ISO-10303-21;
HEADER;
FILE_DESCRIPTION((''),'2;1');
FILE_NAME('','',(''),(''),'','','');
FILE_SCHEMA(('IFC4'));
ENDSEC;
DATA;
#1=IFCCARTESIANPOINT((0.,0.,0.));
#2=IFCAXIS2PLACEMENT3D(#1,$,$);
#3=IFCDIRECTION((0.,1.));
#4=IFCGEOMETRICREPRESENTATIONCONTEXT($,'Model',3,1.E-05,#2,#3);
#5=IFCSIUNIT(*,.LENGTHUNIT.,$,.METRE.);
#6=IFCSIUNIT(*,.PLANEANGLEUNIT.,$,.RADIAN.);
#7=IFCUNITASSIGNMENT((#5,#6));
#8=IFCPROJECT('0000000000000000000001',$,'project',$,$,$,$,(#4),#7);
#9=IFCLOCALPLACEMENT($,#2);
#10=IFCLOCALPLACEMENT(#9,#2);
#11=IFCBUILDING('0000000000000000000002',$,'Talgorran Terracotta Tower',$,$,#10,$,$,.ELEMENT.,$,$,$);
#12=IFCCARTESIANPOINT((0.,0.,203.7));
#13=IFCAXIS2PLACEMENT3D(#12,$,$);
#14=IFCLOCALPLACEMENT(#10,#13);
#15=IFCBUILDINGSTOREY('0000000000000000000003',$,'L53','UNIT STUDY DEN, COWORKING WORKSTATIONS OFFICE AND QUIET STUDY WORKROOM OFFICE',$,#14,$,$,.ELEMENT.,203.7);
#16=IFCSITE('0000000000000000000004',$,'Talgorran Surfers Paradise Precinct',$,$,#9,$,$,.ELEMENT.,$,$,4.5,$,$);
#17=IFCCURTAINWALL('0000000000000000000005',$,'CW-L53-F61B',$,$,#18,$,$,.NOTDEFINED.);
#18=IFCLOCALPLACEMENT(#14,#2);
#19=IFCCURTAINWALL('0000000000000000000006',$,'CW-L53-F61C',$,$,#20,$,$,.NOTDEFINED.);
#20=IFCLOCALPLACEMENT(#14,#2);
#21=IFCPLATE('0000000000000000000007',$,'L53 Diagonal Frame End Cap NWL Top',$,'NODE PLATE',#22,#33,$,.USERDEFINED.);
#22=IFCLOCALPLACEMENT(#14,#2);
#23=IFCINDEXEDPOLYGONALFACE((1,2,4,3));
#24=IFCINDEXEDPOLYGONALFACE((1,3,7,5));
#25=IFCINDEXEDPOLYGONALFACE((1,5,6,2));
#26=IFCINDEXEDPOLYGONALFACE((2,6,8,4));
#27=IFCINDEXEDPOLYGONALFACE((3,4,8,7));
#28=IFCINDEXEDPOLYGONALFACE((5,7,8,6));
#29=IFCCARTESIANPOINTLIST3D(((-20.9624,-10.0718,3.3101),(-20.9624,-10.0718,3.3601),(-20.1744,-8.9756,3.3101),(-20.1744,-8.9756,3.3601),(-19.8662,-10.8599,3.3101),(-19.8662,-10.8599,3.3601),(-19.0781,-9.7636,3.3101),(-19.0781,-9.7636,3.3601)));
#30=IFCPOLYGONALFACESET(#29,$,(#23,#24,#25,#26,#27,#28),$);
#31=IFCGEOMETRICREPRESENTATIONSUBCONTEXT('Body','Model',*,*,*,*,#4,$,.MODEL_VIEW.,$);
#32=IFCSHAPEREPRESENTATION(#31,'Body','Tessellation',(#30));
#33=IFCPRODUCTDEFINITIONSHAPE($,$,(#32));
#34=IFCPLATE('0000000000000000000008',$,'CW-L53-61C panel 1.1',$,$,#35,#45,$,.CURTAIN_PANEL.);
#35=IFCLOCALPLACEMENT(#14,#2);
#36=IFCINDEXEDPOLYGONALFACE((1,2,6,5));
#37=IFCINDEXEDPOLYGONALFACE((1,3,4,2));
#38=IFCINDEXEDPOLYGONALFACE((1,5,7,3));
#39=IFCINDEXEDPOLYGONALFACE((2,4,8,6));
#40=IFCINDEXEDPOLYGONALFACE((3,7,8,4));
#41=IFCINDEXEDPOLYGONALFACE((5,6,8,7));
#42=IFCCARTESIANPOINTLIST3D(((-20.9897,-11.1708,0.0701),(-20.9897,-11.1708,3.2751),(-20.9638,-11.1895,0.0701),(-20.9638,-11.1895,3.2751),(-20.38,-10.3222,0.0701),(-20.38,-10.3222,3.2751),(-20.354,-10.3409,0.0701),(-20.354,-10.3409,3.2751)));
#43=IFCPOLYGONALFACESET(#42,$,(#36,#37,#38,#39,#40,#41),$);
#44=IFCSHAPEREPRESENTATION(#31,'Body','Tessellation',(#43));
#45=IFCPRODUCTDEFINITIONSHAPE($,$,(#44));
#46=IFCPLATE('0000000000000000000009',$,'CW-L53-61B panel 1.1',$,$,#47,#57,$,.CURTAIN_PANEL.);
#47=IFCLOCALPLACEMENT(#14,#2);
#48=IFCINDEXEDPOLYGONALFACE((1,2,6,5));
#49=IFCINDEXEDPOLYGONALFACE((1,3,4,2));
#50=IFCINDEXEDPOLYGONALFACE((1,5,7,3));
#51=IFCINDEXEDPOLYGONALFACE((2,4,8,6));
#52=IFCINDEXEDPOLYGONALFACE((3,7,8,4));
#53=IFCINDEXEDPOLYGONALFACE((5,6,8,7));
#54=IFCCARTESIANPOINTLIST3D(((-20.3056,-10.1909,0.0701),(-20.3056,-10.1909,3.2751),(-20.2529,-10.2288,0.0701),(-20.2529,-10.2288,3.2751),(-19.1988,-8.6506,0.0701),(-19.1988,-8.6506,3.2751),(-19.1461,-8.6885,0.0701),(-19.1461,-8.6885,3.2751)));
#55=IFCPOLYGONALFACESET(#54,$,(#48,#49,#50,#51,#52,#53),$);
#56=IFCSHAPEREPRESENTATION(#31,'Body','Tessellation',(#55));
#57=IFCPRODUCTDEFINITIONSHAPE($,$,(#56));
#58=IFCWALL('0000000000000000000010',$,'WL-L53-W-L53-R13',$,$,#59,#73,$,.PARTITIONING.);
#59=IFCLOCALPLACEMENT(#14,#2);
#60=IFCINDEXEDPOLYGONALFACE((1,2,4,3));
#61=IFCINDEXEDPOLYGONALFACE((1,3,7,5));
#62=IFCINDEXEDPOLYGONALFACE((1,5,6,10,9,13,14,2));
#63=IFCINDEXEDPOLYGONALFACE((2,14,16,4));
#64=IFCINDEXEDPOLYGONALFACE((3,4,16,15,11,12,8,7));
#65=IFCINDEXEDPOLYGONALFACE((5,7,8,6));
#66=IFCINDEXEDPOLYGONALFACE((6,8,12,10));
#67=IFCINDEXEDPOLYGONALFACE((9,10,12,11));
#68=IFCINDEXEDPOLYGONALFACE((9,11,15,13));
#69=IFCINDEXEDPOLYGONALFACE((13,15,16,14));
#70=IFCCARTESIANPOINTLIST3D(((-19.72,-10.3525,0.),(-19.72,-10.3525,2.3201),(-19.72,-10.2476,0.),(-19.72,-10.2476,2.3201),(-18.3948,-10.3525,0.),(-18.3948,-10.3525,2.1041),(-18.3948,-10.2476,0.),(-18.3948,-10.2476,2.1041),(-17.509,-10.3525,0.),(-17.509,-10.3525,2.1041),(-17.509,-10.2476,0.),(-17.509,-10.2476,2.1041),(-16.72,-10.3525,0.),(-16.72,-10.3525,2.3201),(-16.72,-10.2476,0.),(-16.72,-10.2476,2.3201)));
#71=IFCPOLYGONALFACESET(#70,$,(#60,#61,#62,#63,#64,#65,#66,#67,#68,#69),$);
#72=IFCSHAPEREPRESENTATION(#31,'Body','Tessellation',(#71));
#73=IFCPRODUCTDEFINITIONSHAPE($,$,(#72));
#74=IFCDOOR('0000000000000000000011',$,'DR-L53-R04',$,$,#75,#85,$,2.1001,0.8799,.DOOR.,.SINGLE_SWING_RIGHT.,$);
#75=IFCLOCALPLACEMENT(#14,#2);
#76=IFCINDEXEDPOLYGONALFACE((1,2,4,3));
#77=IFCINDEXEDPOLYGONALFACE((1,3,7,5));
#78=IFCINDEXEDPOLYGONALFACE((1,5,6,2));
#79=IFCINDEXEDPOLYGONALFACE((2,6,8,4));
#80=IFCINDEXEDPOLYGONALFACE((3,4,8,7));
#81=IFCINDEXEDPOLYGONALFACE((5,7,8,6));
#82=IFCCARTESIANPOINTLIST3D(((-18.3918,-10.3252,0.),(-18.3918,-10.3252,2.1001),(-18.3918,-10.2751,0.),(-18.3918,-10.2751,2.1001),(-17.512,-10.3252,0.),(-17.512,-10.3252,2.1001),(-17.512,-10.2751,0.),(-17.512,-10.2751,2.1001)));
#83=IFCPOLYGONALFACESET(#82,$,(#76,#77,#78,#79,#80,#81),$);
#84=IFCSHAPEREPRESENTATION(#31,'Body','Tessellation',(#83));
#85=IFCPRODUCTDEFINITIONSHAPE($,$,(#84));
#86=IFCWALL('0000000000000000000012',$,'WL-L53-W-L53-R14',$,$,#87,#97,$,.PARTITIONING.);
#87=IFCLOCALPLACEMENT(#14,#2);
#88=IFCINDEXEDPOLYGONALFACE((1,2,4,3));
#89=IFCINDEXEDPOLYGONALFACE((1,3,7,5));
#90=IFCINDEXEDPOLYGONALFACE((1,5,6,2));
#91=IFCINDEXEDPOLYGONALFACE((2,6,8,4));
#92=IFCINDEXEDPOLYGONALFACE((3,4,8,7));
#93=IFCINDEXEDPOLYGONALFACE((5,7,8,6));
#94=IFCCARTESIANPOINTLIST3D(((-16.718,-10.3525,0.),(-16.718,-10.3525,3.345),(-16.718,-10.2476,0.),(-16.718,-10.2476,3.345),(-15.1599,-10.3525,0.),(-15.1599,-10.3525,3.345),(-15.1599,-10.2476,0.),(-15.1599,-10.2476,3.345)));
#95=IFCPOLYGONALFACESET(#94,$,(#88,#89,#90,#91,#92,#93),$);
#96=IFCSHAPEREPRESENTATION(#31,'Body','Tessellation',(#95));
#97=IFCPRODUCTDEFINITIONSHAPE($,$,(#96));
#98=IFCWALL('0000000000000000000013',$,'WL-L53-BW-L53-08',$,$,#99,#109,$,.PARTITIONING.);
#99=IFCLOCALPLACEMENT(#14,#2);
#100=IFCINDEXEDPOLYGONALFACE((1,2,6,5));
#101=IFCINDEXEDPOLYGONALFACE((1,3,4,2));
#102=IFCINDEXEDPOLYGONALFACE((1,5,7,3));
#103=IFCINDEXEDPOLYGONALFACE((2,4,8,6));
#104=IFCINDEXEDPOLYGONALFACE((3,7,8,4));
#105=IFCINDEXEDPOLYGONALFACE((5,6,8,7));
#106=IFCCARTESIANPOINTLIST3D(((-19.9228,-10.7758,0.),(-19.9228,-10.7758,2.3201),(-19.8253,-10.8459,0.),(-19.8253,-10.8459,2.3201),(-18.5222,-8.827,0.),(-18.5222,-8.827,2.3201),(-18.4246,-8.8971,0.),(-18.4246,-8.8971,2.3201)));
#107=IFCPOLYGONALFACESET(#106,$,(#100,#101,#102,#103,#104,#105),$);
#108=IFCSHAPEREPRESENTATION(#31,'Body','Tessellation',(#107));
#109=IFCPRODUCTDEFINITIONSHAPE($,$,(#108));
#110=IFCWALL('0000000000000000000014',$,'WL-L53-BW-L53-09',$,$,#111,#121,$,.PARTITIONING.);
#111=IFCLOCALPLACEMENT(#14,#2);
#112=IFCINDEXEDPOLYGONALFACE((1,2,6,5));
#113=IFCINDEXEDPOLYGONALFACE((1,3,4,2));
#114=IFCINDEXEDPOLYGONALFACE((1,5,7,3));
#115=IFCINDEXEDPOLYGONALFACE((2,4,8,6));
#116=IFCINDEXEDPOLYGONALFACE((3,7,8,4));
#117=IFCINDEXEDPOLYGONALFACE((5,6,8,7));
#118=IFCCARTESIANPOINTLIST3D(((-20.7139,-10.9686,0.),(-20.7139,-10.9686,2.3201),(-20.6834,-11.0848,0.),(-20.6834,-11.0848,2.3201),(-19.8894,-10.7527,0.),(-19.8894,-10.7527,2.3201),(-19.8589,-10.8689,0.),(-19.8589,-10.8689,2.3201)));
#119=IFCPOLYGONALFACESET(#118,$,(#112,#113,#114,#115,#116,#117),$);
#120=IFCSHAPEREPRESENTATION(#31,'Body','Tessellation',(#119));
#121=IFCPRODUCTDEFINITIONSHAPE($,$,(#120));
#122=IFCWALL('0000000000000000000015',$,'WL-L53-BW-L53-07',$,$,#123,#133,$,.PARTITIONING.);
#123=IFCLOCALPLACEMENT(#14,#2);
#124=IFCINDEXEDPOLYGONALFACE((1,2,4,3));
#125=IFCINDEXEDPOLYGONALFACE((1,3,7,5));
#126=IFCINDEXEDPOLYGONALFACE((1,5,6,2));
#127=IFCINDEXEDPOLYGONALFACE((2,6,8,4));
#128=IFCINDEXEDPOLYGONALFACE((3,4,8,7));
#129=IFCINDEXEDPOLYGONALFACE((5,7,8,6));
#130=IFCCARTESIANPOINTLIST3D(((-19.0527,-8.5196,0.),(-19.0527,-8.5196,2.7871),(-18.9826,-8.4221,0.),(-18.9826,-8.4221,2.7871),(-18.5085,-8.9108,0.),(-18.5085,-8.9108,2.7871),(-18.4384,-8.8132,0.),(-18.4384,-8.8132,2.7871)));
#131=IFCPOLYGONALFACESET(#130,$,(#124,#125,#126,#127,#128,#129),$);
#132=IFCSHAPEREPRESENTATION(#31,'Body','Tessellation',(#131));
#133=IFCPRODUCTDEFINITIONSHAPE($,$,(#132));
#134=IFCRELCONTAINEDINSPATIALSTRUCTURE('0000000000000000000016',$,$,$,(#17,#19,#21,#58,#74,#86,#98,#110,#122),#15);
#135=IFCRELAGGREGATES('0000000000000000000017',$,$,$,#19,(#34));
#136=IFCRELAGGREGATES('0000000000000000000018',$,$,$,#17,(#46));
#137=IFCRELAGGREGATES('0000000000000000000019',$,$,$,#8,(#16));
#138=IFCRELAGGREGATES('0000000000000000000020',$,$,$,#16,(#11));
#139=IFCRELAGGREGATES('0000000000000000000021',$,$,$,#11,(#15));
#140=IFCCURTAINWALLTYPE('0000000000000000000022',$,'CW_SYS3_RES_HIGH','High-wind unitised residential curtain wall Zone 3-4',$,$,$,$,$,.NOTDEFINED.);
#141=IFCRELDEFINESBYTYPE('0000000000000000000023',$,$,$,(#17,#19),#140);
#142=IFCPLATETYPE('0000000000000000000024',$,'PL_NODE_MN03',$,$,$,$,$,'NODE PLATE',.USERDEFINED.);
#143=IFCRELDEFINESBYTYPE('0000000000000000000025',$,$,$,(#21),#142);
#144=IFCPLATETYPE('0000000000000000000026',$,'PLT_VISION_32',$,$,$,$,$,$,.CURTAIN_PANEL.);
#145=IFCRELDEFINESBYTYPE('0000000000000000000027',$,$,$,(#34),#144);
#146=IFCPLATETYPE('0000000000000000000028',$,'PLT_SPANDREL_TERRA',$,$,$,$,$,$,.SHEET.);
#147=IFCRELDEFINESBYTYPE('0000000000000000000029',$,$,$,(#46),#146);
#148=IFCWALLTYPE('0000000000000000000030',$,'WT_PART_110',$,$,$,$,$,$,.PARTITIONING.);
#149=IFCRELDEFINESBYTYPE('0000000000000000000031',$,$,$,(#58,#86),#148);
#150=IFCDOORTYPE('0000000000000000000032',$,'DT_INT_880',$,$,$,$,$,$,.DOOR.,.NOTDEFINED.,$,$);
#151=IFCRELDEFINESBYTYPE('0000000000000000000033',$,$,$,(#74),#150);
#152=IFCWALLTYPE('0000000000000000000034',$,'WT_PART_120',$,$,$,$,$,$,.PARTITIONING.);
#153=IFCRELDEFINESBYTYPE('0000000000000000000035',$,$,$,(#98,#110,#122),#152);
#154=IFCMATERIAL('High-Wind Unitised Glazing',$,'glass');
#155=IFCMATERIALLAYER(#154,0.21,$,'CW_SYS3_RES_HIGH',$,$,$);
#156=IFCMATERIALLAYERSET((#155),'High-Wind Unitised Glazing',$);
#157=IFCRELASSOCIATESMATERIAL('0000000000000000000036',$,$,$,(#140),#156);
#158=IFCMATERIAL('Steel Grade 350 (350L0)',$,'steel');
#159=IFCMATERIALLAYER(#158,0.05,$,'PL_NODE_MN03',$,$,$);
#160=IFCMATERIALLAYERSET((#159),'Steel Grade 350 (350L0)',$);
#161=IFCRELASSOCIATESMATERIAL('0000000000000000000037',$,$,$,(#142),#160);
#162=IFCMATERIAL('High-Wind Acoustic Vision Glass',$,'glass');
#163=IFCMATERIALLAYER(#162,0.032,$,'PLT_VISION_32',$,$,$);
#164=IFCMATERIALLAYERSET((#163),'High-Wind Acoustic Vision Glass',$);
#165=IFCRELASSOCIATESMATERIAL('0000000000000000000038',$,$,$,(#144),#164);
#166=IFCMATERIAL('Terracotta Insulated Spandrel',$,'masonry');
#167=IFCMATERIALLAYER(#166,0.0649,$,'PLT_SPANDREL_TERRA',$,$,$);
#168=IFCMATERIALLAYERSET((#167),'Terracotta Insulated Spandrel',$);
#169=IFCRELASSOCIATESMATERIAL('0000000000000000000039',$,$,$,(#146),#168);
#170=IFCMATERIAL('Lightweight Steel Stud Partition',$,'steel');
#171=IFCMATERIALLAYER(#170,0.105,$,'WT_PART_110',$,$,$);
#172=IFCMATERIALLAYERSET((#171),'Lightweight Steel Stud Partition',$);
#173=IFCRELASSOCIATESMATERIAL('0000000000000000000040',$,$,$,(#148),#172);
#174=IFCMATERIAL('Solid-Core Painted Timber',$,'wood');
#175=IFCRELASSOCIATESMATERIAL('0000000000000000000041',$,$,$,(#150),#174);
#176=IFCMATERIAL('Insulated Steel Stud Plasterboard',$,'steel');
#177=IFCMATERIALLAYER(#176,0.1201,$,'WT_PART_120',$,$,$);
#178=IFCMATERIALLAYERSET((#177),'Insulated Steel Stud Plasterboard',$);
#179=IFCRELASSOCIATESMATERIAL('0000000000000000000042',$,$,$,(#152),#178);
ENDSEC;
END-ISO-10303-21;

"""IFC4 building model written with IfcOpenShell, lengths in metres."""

from ifc_helpers import new_model, si_unit, direction, frame, frame_2d, origin, origin_2d, place, context, subcontext, project, spatial, rectangle, extrude, source, transform, mapped, material, layer, layer_set, type_object, type_shapes, element, fill, aggregate, save


model = new_model("IFC4")

# Units and contexts
model_context = context("Model", 3, precision=1e-05, world=origin(), true_north=direction((0.0, 1.0)))
body_context = subcontext(model_context, "Body", "Model", "MODEL_VIEW")
ifc_project = project(units=[si_unit("LENGTHUNIT", "METRE"), si_unit("PLANEANGLEUNIT", "RADIAN")], contexts=[model_context])

# Site, building, storey
site_placement = place(None, origin())
site = spatial("IfcSite", under=ifc_project, at=site_placement, Name="Talgorran Surfers Paradise Precinct", CompositionType="ELEMENT", RefElevation=4.5)
building_placement = place(site_placement, origin())
building = spatial("IfcBuilding", under=site, at=building_placement, Name="Talgorran Terracotta Tower", CompositionType="ELEMENT")
storey_placement = place(building_placement, frame((0.0, 0.0, 203.7)))
storey = spatial("IfcBuildingStorey", under=building, at=storey_placement, Name="L53", Description="UNIT STUDY DEN, COWORKING WORKSTATIONS OFFICE AND QUIET STUDY WORKROOM OFFICE", CompositionType="ELEMENT", Elevation=203.7)

# Shared definitions
ifc_material_1 = material(Name="Steel Grade 350 (350L0)", Category="steel")

# Shared definitions
ifc_material_2 = material(Name="High-Wind Unitised Glazing", Category="glass")
ifc_layer_1 = layer(ifc_material_2, 0.21, Name="CW_SYS3_RES_HIGH")
ifc_layer_set_1 = layer_set([ifc_layer_1], Name="High-Wind Unitised Glazing")
curtain_wall_type = type_object("IfcCurtainWallType", Name="CW_SYS3_RES_HIGH", Description="High-wind unitised residential curtain wall Zone 3-4", PredefinedType="NOTDEFINED", material=ifc_layer_set_1)

# Curtain walls
curtain_wall_1_placement = place(storey_placement, origin())
curtain_wall_1 = element("IfcCurtainWall", 1, at=curtain_wall_1_placement, inside=storey, type_object=curtain_wall_type, Name="CW-L53-F61B", PredefinedType="NOTDEFINED")
curtain_wall_2_placement = place(storey_placement, origin())
curtain_wall_2 = element("IfcCurtainWall", 2, at=curtain_wall_2_placement, inside=storey, type_object=curtain_wall_type, Name="CW-L53-F61C", PredefinedType="NOTDEFINED")

# Plate
ifc_layer_2 = layer(ifc_material_1, 0.05, Name="PL_NODE_MN03")
ifc_layer_set_2 = layer_set([ifc_layer_2], Name="Steel Grade 350 (350L0)")
plate_type_1 = type_object("IfcPlateType", Name="PL_NODE_MN03", ElementType="NODE PLATE", PredefinedType="USERDEFINED", material=ifc_layer_set_2)
plate_1_placement = place(storey_placement, frame((-20.0203, -9.9177, 3.3101), z_axis=(0.0, 0.0, 1.0), x_axis=(-0.583683, -0.811982, 0.0)))
element("IfcPlate", 3, at=plate_1_placement, inside=storey, type_object=plate_type_1, Name="L53 Diagonal Frame End Cap NWL Top", ObjectType="NODE PLATE", PredefinedType="USERDEFINED", context=body_context, shape_type="SweptSolid", body=[
    extrude(rectangle(XDim=1.3501, YDim=1.3501, at=origin_2d()), origin(), (0.0, 0.0, 1.0), 0.05),
])

# Plates
ifc_material_3 = material(Name="High-Wind Acoustic Vision Glass", Category="glass")
ifc_layer_3 = layer(ifc_material_3, 0.032, Name="PLT_VISION_32")
ifc_layer_set_3 = layer_set([ifc_layer_3], Name="High-Wind Acoustic Vision Glass")
plate_type_2 = type_object("IfcPlateType", Name="PLT_VISION_32", PredefinedType="CURTAIN_PANEL", material=ifc_layer_set_3)
shared_shape_1 = source(origin(), body_context, "Body", "SweptSolid", [
    extrude(rectangle(XDim=1.0449, YDim=0.032, at=origin_2d()), origin(), (0.0, 0.0, 1.0), 3.2051),
])
type_shapes(plate_type_2, [shared_shape_1])
plate_2_placement = place(storey_placement, frame((-20.6719, -10.7559, 0.0701), z_axis=(0.0, 0.0, 1.0), x_axis=(-0.583551, -0.812077, 0.0)))
plate_2 = element("IfcPlate", 4, at=plate_2_placement, type_object=plate_type_2, Name="CW-L53-61C panel 1.1", PredefinedType="CURTAIN_PANEL", context=body_context, shape_type="MappedRepresentation", body=[
    mapped(shared_shape_1, transform((0.0, 0.0, 0.0), scale=1.0)),
])
aggregate(curtain_wall_2, [plate_2])
ifc_material_4 = material(Name="Terracotta Insulated Spandrel", Category="masonry")
ifc_layer_4 = layer(ifc_material_4, 0.0649, Name="PLT_SPANDREL_TERRA")
ifc_layer_set_4 = layer_set([ifc_layer_4], Name="Terracotta Insulated Spandrel")
plate_type_3 = type_object("IfcPlateType", Name="PLT_SPANDREL_TERRA", PredefinedType="SHEET", material=ifc_layer_set_4)
shared_shape_2 = source(origin(), body_context, "Body", "SweptSolid", [
    extrude(rectangle(XDim=1.8967, YDim=0.0649, at=origin_2d()), origin(), (0.0, 0.0, 1.0), 3.2051),
])
type_shapes(plate_type_3, [shared_shape_2])
plate_3_placement = place(storey_placement, frame((-19.7258, -9.4397, 0.0701), z_axis=(0.0, 0.0, 1.0), x_axis=(-0.583535, -0.812088, 0.0)))
plate_3 = element("IfcPlate", 5, at=plate_3_placement, type_object=plate_type_3, Name="CW-L53-61B panel 1.1", PredefinedType="CURTAIN_PANEL", context=body_context, shape_type="MappedRepresentation", body=[
    mapped(shared_shape_2, transform((0.0, 0.0, 0.0), scale=1.0)),
])
aggregate(curtain_wall_1, [plate_3])

# Wall, opening, door
ifc_material_5 = material(Name="Lightweight Steel Stud Partition", Category="steel")
ifc_layer_5 = layer(ifc_material_5, 0.105, Name="WT_PART_110")
ifc_layer_set_5 = layer_set([ifc_layer_5], Name="Lightweight Steel Stud Partition")
wall_type_1 = type_object("IfcWallType", Name="WT_PART_110", PredefinedType="PARTITIONING", material=ifc_layer_set_5)
wall_1_placement = place(storey_placement, frame((-19.72, -10.3, 0.0), z_axis=(0.0, 0.0, 1.0), x_axis=(1.0, 0.0, 0.0)))
wall_1 = element("IfcWall", 6, at=wall_1_placement, inside=storey, type_object=wall_type_1, Name="WL-L53-W-L53-R13", PredefinedType="PARTITIONING", context=body_context, shape_type="SweptSolid", body=[
    extrude(rectangle(XDim=3.0, YDim=0.105, at=frame_2d((1.5, 0.0))), origin(), (0.0, 0.0, 1.0), 2.3201),
])
opening_placement = place(wall_1_placement, frame((1.3281, 0.0, 0.0)))
opening = element("IfcOpeningElement", 7, at=opening_placement, cuts=wall_1, PredefinedType="OPENING", context=body_context, shape_type="SweptSolid", body=[
    extrude(rectangle(XDim=0.8859, YDim=2.1041, at=frame_2d((0.4399, 1.052))), frame((0.0, 0.0625, 0.0), z_axis=(0.0, -1.0, 0.0), x_axis=(1.0, 0.0, 0.0)), (0.0, 0.0, 1.0), 0.125),
])
ifc_material_6 = material(Name="Solid-Core Painted Timber", Category="wood")
door_type = type_object("IfcDoorType", Name="DT_INT_880", OperationType="NOTDEFINED", PredefinedType="DOOR", material=ifc_material_6)
door_placement = place(opening_placement, origin())
door = element("IfcDoor", 8, at=door_placement, inside=storey, type_object=door_type, Name="DR-L53-R04", OperationType="SINGLE_SWING_RIGHT", OverallHeight=2.1001, OverallWidth=0.8799, PredefinedType="DOOR", context=body_context, shape_type="SweptSolid", body=[
    extrude(rectangle(XDim=0.8799, YDim=2.1001, at=frame_2d((0.4399, 1.05))), frame((0.0, 0.0249, 0.0), z_axis=(0.0, -1.0, 0.0), x_axis=(1.0, 0.0, 0.0)), (0.0, 0.0, 1.0), 0.05),
])
fill(opening, door)

# Walls
wall_2_placement = place(storey_placement, frame((-16.718, -10.3, 0.0), z_axis=(0.0, 0.0, 1.0), x_axis=(1.0, 0.0, 0.0)))
element("IfcWall", 9, at=wall_2_placement, inside=storey, type_object=wall_type_1, Name="WL-L53-W-L53-R14", PredefinedType="PARTITIONING", context=body_context, shape_type="SweptSolid", body=[
    extrude(rectangle(XDim=1.5581, YDim=0.105, at=frame_2d((0.7791, 0.0))), origin(), (0.0, 0.0, 1.0), 3.345),
])
ifc_material_7 = material(Name="Insulated Steel Stud Plasterboard", Category="steel")
ifc_layer_6 = layer(ifc_material_7, 0.1201, Name="WT_PART_120")
ifc_layer_set_6 = layer_set([ifc_layer_6], Name="Insulated Steel Stud Plasterboard")
wall_type_2 = type_object("IfcWallType", Name="WT_PART_120", PredefinedType="PARTITIONING", material=ifc_layer_set_6)
wall_3_placement = place(storey_placement, frame((-18.4734, -8.8621, 0.0), z_axis=(0.0, 0.0, 1.0), x_axis=(-0.583632, -0.812018, 0.0)))
element("IfcWall", 10, at=wall_3_placement, inside=storey, type_object=wall_type_2, Name="WL-L53-BW-L53-08", PredefinedType="PARTITIONING", context=body_context, shape_type="SweptSolid", body=[
    extrude(rectangle(XDim=2.3999, YDim=0.1201, at=frame_2d((1.2, 0.0))), origin(), (0.0, 0.0, 1.0), 2.3201),
])
wall_4_placement = place(storey_placement, frame((-19.874, -10.8108, 0.0), z_axis=(0.0, 0.0, 1.0), x_axis=(-0.967404, -0.253238, 0.0)))
element("IfcWall", 11, at=wall_4_placement, inside=storey, type_object=wall_type_2, Name="WL-L53-BW-L53-09", PredefinedType="PARTITIONING", context=body_context, shape_type="SweptSolid", body=[
    extrude(rectangle(XDim=0.8523, YDim=0.1201, at=frame_2d((0.4263, 0.0))), origin(), (0.0, 0.0, 1.0), 2.3201),
])
wall_5_placement = place(storey_placement, frame((-19.0176, -8.4709, 0.0), z_axis=(0.0, 0.0, 1.0), x_axis=(0.812032, -0.583614, 0.0)))
element("IfcWall", 12, at=wall_5_placement, inside=storey, type_object=wall_type_2, Name="WL-L53-BW-L53-07", PredefinedType="PARTITIONING", context=body_context, shape_type="SweptSolid", body=[
    extrude(rectangle(XDim=0.6702, YDim=0.1201, at=frame_2d((0.335, 0.0))), origin(), (0.0, 0.0, 1.0), 2.7871),
])

save(model, "model.ifc")
